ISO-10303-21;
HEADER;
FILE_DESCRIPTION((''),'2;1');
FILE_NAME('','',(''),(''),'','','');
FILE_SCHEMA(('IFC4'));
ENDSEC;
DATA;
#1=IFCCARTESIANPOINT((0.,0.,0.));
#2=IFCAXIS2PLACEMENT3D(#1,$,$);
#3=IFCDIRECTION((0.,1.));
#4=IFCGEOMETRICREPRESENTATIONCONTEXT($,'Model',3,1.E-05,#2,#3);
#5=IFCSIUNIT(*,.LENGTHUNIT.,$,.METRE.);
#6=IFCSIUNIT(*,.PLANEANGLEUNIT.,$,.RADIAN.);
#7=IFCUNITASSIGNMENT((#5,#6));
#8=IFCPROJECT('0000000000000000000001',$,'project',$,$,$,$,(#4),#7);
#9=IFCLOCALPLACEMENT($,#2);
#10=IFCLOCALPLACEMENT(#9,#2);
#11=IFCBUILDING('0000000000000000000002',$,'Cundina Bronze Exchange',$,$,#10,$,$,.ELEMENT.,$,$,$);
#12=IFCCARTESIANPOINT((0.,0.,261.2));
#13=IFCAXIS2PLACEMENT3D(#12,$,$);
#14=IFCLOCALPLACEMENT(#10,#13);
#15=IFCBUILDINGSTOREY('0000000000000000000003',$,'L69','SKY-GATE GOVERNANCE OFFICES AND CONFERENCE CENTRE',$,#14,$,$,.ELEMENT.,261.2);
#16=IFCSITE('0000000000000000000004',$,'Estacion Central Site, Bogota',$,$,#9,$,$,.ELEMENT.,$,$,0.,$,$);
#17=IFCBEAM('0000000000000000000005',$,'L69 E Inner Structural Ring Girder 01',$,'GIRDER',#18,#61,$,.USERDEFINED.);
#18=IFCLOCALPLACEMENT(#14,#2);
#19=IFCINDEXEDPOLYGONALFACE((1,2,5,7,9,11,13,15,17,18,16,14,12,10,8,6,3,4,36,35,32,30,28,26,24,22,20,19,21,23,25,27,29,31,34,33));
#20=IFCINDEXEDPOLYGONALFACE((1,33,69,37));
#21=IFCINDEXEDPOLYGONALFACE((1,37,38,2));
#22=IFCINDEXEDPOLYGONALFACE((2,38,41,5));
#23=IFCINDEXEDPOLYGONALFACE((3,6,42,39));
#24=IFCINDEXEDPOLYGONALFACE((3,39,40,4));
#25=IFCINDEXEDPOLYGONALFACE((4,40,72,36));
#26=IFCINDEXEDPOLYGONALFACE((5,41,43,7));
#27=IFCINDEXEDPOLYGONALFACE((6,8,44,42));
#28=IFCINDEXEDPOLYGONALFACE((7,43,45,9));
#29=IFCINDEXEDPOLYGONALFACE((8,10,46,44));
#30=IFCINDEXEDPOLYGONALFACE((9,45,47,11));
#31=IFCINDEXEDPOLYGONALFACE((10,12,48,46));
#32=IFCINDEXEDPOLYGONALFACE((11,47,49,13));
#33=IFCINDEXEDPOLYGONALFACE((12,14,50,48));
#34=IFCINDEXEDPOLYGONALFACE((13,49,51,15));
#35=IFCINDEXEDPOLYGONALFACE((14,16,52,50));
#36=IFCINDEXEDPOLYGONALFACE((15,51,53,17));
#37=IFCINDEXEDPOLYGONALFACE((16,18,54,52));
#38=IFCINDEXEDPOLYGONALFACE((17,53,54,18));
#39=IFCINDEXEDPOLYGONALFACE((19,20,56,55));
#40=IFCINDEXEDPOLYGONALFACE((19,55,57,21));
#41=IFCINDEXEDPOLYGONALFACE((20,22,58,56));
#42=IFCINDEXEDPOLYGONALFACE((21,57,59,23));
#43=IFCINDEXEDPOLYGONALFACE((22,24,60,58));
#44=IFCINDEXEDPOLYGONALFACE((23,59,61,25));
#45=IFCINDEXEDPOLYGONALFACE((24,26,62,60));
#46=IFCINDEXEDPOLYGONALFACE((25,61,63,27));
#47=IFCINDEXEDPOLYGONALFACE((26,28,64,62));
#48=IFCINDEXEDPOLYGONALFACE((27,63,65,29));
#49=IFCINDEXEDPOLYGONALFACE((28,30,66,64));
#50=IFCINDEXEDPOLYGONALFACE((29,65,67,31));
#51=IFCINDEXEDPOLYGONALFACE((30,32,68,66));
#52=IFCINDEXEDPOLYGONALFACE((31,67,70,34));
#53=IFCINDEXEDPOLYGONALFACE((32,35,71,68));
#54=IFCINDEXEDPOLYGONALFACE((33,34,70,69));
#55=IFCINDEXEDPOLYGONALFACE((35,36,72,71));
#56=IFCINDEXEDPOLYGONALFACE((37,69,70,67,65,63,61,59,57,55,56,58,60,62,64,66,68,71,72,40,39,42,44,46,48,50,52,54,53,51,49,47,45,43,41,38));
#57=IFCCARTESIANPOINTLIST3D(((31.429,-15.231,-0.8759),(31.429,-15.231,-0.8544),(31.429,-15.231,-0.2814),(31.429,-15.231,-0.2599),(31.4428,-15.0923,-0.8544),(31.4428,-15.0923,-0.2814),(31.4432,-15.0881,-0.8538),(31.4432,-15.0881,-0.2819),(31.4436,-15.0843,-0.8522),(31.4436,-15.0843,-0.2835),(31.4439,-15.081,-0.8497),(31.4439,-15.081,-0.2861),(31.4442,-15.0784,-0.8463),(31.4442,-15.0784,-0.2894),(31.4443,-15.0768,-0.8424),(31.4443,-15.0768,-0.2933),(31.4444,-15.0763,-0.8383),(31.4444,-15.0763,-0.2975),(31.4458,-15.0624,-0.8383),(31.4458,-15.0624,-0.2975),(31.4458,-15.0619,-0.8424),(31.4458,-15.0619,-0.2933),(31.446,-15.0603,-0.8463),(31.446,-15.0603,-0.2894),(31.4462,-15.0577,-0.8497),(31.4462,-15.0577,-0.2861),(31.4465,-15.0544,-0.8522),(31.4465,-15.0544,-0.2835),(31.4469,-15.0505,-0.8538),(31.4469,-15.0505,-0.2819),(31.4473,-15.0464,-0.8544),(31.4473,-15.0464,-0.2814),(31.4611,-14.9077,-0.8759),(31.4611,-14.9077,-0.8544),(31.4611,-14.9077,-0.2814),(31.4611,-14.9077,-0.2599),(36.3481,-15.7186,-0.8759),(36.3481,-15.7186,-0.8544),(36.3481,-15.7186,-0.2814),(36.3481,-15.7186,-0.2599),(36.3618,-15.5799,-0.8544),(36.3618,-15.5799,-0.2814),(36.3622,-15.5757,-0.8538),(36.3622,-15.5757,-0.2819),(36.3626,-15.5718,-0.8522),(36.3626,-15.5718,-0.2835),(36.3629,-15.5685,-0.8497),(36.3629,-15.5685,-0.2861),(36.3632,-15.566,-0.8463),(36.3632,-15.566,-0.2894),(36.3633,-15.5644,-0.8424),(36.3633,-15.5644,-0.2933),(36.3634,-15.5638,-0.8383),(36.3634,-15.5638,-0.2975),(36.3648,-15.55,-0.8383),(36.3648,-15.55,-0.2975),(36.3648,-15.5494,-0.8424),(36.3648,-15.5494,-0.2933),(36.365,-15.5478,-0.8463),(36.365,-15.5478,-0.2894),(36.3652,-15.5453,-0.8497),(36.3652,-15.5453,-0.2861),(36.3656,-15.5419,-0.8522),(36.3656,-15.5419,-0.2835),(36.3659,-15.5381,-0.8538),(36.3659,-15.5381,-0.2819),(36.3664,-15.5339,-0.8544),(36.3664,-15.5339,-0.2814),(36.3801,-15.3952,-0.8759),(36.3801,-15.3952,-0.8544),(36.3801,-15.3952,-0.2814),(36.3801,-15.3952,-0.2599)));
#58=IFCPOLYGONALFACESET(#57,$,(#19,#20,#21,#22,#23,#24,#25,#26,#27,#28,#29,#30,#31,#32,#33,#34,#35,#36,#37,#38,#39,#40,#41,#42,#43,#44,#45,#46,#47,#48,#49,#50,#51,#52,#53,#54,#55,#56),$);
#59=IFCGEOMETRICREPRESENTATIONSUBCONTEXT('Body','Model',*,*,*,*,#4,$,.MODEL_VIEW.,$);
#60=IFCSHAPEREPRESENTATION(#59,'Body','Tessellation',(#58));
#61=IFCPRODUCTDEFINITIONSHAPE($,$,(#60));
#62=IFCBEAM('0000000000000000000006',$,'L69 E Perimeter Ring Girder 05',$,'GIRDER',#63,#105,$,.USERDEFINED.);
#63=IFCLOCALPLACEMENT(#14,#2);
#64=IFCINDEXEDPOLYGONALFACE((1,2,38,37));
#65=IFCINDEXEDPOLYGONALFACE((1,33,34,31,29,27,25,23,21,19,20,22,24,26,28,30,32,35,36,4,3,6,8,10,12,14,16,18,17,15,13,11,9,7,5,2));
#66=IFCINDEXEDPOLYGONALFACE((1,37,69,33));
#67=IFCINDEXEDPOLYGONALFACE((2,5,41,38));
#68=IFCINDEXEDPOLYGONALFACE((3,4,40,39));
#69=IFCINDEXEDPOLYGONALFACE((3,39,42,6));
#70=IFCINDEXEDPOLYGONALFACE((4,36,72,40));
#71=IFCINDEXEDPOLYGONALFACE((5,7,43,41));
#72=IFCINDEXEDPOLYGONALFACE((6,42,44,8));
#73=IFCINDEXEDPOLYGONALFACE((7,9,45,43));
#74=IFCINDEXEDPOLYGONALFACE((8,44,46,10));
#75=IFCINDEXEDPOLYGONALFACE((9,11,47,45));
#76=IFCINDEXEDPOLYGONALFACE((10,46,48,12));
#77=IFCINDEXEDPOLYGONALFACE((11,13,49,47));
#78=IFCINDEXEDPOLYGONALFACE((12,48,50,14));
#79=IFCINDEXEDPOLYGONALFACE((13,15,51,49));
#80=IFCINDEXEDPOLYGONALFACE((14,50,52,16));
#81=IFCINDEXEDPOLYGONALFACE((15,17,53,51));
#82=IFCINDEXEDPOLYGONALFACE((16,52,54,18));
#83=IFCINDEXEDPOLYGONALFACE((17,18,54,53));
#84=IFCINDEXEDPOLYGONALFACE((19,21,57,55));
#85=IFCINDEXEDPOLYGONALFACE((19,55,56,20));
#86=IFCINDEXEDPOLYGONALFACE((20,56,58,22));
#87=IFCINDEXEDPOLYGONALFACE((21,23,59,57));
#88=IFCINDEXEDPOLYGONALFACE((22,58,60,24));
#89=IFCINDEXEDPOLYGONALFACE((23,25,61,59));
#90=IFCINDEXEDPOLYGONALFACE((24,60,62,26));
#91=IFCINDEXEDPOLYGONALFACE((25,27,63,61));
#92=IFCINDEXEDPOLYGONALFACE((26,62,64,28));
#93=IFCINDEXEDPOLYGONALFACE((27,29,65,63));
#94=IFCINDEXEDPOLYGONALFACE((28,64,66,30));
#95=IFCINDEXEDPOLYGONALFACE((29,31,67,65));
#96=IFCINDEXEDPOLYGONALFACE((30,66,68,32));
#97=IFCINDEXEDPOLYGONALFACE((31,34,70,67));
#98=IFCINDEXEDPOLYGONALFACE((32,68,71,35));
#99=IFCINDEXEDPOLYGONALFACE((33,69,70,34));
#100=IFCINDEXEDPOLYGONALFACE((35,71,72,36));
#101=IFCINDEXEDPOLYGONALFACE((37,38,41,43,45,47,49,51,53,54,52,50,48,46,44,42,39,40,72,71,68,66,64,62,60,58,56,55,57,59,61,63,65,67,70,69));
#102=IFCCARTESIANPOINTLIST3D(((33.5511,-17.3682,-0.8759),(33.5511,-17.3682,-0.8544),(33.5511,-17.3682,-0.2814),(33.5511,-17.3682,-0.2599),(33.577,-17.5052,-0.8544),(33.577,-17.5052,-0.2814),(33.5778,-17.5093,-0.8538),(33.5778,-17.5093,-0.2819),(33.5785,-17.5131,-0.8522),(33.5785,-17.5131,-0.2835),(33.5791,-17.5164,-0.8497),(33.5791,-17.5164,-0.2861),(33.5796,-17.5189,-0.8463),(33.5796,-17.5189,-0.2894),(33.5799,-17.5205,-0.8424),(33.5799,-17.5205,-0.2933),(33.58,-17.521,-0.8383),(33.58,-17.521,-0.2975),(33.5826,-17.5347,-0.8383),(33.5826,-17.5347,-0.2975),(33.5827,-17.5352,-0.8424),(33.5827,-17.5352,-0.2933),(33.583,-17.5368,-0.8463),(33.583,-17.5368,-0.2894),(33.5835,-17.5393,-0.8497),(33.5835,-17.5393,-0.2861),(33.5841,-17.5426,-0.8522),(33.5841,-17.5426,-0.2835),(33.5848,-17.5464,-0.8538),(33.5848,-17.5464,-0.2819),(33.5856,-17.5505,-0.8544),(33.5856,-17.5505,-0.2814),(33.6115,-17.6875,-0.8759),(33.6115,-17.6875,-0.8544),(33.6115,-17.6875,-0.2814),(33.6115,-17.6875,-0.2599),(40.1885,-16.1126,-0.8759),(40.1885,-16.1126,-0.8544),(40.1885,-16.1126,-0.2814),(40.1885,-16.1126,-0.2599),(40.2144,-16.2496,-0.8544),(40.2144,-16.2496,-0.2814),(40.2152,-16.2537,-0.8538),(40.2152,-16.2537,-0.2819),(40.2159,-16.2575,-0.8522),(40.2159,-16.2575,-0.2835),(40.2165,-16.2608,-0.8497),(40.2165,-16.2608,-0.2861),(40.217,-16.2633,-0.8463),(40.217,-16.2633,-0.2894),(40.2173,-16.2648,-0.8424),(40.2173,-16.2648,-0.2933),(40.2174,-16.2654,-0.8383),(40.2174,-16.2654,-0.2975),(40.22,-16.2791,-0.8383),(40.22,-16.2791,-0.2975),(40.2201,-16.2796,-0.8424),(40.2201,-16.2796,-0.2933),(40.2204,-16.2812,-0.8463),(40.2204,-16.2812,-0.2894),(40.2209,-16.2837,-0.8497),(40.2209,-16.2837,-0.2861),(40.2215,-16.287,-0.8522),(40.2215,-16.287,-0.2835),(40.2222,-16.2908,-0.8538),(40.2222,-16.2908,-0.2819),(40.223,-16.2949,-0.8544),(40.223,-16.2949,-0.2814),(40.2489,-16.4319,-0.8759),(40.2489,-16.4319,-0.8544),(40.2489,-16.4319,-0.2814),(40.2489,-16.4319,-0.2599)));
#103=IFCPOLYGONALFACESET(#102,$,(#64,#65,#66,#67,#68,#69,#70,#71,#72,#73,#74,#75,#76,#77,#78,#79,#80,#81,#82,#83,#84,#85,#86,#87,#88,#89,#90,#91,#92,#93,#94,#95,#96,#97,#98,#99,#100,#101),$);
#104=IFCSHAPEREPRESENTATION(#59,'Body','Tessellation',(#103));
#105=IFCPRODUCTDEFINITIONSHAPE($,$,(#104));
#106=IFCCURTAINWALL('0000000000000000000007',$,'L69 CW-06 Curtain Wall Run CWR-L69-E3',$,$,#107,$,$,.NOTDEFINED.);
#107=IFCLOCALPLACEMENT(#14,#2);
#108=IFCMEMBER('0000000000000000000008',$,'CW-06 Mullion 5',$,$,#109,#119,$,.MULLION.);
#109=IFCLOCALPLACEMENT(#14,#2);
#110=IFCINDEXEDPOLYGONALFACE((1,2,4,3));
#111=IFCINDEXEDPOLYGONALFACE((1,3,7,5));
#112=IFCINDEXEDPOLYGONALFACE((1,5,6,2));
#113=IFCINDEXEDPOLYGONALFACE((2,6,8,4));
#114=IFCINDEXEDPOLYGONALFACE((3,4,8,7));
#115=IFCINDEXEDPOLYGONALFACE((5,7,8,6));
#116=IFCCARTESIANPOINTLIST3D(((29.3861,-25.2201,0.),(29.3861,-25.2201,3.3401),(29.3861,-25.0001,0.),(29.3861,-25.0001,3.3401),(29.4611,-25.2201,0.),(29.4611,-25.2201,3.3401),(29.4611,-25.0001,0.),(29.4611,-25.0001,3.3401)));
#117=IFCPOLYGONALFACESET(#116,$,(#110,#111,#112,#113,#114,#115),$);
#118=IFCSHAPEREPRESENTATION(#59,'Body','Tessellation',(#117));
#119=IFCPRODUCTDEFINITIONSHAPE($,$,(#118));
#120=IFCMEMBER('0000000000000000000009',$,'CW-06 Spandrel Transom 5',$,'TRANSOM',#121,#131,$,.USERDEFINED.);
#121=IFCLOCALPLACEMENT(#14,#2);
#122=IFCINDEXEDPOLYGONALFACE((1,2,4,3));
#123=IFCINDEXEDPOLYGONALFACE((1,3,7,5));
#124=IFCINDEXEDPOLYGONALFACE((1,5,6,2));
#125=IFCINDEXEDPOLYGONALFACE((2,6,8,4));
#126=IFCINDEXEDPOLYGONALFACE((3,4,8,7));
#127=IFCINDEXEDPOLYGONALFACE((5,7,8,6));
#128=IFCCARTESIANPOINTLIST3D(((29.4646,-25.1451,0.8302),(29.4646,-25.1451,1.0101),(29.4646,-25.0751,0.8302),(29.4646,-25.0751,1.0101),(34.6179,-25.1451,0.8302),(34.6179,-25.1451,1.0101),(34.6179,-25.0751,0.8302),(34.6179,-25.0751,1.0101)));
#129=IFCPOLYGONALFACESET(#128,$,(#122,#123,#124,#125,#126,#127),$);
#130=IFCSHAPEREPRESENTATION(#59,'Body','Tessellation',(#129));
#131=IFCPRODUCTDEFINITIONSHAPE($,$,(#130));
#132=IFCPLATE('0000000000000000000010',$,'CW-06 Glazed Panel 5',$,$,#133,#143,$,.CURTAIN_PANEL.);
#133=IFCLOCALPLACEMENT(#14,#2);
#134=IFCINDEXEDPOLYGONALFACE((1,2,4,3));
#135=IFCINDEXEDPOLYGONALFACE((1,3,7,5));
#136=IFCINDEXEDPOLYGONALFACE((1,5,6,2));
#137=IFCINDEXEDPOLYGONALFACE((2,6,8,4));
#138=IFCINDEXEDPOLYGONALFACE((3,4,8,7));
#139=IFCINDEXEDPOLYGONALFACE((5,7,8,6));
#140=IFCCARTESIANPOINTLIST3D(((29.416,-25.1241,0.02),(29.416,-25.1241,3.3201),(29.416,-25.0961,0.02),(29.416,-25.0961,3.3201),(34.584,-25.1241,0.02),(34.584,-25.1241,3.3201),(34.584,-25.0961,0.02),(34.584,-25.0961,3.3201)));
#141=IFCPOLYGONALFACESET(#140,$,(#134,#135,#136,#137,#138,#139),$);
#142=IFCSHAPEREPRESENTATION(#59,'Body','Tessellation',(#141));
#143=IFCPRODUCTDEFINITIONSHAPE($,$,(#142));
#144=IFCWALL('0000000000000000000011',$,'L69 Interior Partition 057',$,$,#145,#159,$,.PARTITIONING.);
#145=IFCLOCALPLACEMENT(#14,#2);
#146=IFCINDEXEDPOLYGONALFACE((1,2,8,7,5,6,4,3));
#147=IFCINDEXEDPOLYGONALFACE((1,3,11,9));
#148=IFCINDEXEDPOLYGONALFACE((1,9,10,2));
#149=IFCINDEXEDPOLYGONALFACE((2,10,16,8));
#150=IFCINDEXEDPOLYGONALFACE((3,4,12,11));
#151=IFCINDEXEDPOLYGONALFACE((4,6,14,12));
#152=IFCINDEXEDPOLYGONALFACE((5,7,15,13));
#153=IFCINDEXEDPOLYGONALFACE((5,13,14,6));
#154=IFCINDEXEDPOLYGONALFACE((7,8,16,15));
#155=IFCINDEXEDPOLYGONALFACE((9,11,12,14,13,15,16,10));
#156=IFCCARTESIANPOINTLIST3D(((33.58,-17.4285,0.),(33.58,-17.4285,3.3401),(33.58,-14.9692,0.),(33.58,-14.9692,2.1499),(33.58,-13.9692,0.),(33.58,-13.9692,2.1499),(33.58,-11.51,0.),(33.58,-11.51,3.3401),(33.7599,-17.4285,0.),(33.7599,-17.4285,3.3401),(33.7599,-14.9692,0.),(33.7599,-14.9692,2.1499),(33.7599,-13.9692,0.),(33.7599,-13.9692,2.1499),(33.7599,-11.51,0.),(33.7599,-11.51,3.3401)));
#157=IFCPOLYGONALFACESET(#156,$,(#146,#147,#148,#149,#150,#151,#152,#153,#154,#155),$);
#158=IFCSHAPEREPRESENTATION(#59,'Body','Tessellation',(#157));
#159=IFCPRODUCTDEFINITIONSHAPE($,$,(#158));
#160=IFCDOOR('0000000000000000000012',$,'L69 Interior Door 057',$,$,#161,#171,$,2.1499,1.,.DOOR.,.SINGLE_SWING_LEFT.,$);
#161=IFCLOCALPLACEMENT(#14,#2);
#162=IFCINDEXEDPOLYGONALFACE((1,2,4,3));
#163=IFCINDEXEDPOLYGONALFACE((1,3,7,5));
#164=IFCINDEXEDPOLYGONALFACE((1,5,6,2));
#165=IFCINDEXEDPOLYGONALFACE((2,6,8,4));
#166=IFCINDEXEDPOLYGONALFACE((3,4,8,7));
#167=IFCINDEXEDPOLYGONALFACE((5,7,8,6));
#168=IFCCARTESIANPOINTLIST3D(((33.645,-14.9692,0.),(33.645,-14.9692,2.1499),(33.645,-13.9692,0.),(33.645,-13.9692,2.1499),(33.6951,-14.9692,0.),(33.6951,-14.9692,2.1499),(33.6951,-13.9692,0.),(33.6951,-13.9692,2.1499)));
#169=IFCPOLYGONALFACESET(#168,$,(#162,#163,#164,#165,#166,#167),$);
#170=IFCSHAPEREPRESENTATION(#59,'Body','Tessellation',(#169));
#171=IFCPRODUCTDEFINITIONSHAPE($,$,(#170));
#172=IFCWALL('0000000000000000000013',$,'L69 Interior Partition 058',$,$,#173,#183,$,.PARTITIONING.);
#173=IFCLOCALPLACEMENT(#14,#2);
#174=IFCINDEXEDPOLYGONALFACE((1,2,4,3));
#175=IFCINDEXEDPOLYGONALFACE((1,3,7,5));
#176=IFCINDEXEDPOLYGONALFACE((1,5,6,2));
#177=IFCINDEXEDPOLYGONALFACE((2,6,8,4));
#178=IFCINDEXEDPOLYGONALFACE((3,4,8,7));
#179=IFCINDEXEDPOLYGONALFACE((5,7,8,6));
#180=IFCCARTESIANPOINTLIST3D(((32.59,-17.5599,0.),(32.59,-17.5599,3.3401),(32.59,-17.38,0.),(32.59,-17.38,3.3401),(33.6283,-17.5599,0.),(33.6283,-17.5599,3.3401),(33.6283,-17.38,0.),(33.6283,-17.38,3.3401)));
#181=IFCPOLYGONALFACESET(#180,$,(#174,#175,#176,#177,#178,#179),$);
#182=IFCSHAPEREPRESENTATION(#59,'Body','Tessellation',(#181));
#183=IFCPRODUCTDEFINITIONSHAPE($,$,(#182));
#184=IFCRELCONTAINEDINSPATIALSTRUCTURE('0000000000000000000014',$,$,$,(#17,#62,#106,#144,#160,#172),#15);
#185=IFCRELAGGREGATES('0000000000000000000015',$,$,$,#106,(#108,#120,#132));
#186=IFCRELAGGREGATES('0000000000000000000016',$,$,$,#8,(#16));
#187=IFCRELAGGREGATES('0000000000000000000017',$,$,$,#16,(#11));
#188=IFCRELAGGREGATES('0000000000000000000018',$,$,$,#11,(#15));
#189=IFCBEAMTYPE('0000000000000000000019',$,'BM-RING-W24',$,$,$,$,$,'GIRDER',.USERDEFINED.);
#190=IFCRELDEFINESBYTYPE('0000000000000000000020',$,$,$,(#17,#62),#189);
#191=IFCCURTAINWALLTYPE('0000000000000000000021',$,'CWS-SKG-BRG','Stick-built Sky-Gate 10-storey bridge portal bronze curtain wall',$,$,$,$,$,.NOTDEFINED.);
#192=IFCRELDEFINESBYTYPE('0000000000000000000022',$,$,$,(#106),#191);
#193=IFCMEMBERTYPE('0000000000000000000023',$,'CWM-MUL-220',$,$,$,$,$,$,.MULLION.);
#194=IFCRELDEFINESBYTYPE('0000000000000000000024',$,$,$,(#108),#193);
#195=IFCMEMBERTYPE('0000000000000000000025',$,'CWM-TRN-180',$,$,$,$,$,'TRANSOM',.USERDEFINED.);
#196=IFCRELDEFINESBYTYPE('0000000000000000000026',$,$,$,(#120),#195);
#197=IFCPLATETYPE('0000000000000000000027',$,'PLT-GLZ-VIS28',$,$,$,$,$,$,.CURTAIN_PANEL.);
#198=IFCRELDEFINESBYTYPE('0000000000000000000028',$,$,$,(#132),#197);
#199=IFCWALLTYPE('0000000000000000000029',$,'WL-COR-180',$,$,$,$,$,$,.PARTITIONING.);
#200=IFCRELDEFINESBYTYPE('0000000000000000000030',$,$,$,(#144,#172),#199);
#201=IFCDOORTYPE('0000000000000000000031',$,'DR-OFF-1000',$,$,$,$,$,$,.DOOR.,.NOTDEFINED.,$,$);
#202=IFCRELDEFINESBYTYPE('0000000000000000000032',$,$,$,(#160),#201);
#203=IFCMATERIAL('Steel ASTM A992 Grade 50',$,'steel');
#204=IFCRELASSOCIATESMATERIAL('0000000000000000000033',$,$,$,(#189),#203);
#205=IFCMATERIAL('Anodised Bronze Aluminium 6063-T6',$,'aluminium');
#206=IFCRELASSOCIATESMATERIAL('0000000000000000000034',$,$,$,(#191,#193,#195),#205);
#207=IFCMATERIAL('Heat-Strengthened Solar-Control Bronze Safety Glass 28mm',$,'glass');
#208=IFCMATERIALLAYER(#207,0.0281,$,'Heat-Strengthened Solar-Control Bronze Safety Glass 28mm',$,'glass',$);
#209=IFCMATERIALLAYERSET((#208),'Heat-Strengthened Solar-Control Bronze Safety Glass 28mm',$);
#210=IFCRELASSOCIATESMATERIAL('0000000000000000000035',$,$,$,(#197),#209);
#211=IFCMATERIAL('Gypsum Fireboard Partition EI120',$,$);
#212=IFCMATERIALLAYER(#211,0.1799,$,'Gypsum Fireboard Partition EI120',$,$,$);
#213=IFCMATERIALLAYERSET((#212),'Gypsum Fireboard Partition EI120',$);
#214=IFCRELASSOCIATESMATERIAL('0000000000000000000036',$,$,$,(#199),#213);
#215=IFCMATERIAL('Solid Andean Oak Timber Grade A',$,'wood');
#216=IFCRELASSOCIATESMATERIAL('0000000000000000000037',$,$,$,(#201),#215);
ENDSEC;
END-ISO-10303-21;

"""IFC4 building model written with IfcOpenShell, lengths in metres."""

from ifc_helpers import new_model, si_unit, direction, frame, frame_2d, origin, origin_2d, place, context, subcontext, project, spatial, rectangle, i_section, extrude, material, layer, layer_set, material_profile, profile_set, type_object, element, fill, aggregate, save


model = new_model("IFC4")

# Units and contexts
model_context = context("Model", 3, precision=1e-05, world=origin(), true_north=direction((0.0, 1.0)))
body_context = subcontext(model_context, "Body", "Model", "MODEL_VIEW")
ifc_project = project(units=[si_unit("LENGTHUNIT", "METRE"), si_unit("PLANEANGLEUNIT", "RADIAN")], contexts=[model_context])

# Site, building, storey
site_placement = place(None, origin())
site = spatial("IfcSite", under=ifc_project, at=site_placement, Name="Estacion Central Site, Bogota", CompositionType="ELEMENT", RefElevation=0.0)
building_placement = place(site_placement, origin())
building = spatial("IfcBuilding", under=site, at=building_placement, Name="Cundina Bronze Exchange", CompositionType="ELEMENT")
storey_placement = place(building_placement, frame((0.0, 0.0, 261.2)))
storey = spatial("IfcBuildingStorey", under=building, at=storey_placement, Name="L69", Description="SKY-GATE GOVERNANCE OFFICES AND CONFERENCE CENTRE", CompositionType="ELEMENT", Elevation=261.2)

# Shared definitions
ifc_material_1 = material(Name="Steel ASTM A992 Grade 50", Category="steel")

# Beams
ifc_material_profile_1 = material_profile(ifc_material_1, i_section(OverallWidth=0.325, OverallDepth=0.616, WebThickness=0.0139, FlangeThickness=0.0215, FilletRadius=0.0161, at=origin_2d()), Name="W24X117", Category="steel")
ifc_profile_set_1 = profile_set([ifc_material_profile_1], Name="Steel ASTM A992 Grade 50")
beam_type_1 = type_object("IfcBeamType", Name="BM-RING-W24", ElementType="GIRDER", PredefinedType="USERDEFINED", material=ifc_profile_set_1)
beam_1_placement = place(storey_placement, frame((31.4451, -15.0693, -0.5679), z_axis=(0.995124, -0.098633, 0.0), x_axis=(0.098633, 0.995124, 0.0)))
element("IfcBeam", 1, at=beam_1_placement, inside=storey, type_object=beam_type_1, Name="L69 E Inner Structural Ring Girder 01", ObjectType="GIRDER", PredefinedType="USERDEFINED", context=body_context, shape_type="SweptSolid", body=[
    extrude(i_section(OverallWidth=0.325, OverallDepth=0.616, WebThickness=0.0139, FlangeThickness=0.0215, FilletRadius=0.0161, at=origin_2d()), origin(), (0.0, 0.0, 1.0), 4.9431),
])
beam_2_placement = place(storey_placement, frame((33.5813, -17.5278, -0.5679), z_axis=(0.982573, 0.185875, 0.0), x_axis=(-0.185875, 0.982573, 0.0)))
element("IfcBeam", 2, at=beam_2_placement, inside=storey, type_object=beam_type_1, Name="L69 E Perimeter Ring Girder 05", ObjectType="GIRDER", PredefinedType="USERDEFINED", context=body_context, shape_type="SweptSolid", body=[
    extrude(i_section(OverallWidth=0.325, OverallDepth=0.616, WebThickness=0.0139, FlangeThickness=0.0215, FilletRadius=0.0161, at=origin_2d()), origin(), (0.0, 0.0, 1.0), 6.7551),
])

# Curtain wall, members, plate
ifc_material_2 = material(Name="Anodised Bronze Aluminium 6063-T6", Category="aluminium")
curtain_wall_type = type_object("IfcCurtainWallType", Name="CWS-SKG-BRG", Description="Stick-built Sky-Gate 10-storey bridge portal bronze curtain wall", PredefinedType="NOTDEFINED", material=ifc_material_2)
curtain_wall_placement = place(storey_placement, origin())
curtain_wall = element("IfcCurtainWall", 3, at=curtain_wall_placement, inside=storey, type_object=curtain_wall_type, Name="L69 CW-06 Curtain Wall Run CWR-L69-E3", PredefinedType="NOTDEFINED")
ifc_material_profile_2 = material_profile(ifc_material_2, rectangle(XDim=0.075, YDim=0.22, at=origin_2d()), Name="AL75X220", Category="aluminium")
ifc_profile_set_2 = profile_set([ifc_material_profile_2], Name="Anodised Bronze Aluminium 6063-T6")
member_type_1 = type_object("IfcMemberType", Name="CWM-MUL-220", PredefinedType="MULLION", material=ifc_profile_set_2)
member_1_placement = place(storey_placement, frame((29.4236, -25.1101, 0.0), z_axis=(0.0, 0.0, 1.0), x_axis=(1.0, 0.0, 0.0)))
member_1 = element("IfcMember", 4, at=member_1_placement, type_object=member_type_1, Name="CW-06 Mullion 5", PredefinedType="MULLION", context=body_context, shape_type="SweptSolid", body=[
    extrude(rectangle(XDim=0.075, YDim=0.22, at=origin_2d()), origin(), (0.0, 0.0, 1.0), 3.3401),
])
ifc_material_profile_3 = material_profile(ifc_material_2, rectangle(XDim=0.0701, YDim=0.1799, at=origin_2d()), Name="AL70X180", Category="aluminium")
ifc_profile_set_3 = profile_set([ifc_material_profile_3], Name="Anodised Bronze Aluminium 6063-T6")
member_type_2 = type_object("IfcMemberType", Name="CWM-TRN-180", ElementType="TRANSOM", PredefinedType="USERDEFINED", material=ifc_profile_set_3)
member_2_placement = place(storey_placement, frame((29.4646, -25.1101, 0.9202), z_axis=(1.0, 0.0, 0.0), x_axis=(0.0, 1.0, 0.0)))
member_2 = element("IfcMember", 5, at=member_2_placement, type_object=member_type_2, Name="CW-06 Spandrel Transom 5", ObjectType="TRANSOM", PredefinedType="USERDEFINED", context=body_context, shape_type="SweptSolid", body=[
    extrude(rectangle(XDim=0.0701, YDim=0.1799, at=origin_2d()), origin(), (0.0, 0.0, 1.0), 5.1533),
])
ifc_material_3 = material(Name="Heat-Strengthened Solar-Control Bronze Safety Glass 28mm", Category="glass")
ifc_layer_1 = layer(ifc_material_3, 0.0281, Name="Heat-Strengthened Solar-Control Bronze Safety Glass 28mm", Category="glass")
ifc_layer_set_1 = layer_set([ifc_layer_1], Name="Heat-Strengthened Solar-Control Bronze Safety Glass 28mm")
plate_type = type_object("IfcPlateType", Name="PLT-GLZ-VIS28", PredefinedType="CURTAIN_PANEL", material=ifc_layer_set_1)
plate_placement = place(storey_placement, frame((32.0, -25.1101, 0.02), z_axis=(0.0, 0.0, 1.0), x_axis=(1.0, 0.0, 0.0)))
plate = element("IfcPlate", 6, at=plate_placement, type_object=plate_type, Name="CW-06 Glazed Panel 5", PredefinedType="CURTAIN_PANEL", context=body_context, shape_type="SweptSolid", body=[
    extrude(rectangle(XDim=5.168, YDim=0.0281, at=origin_2d()), origin(), (0.0, 0.0, 1.0), 3.3),
])
aggregate(curtain_wall, [member_1, member_2, plate])

# Wall, opening, door
ifc_material_4 = material(Name="Gypsum Fireboard Partition EI120")
ifc_layer_2 = layer(ifc_material_4, 0.1799, Name="Gypsum Fireboard Partition EI120")
ifc_layer_set_2 = layer_set([ifc_layer_2], Name="Gypsum Fireboard Partition EI120")
wall_type_1 = type_object("IfcWallType", Name="WL-COR-180", PredefinedType="PARTITIONING", material=ifc_layer_set_2)
wall_1_placement = place(storey_placement, frame((33.6699, -17.4285, 0.0), z_axis=(0.0, 0.0, 1.0), x_axis=(0.0, 1.0, 0.0)))
wall_1 = element("IfcWall", 7, at=wall_1_placement, inside=storey, type_object=wall_type_1, Name="L69 Interior Partition 057", PredefinedType="PARTITIONING", context=body_context, shape_type="SweptSolid", body=[
    extrude(rectangle(XDim=5.9185, YDim=0.1799, at=frame_2d((2.9592, 0.0))), origin(), (0.0, 0.0, 1.0), 3.3401),
])
opening_1_placement = place(wall_1_placement, frame((2.4592, 0.0, 0.0)))
opening_1 = element("IfcOpeningElement", 8, at=opening_1_placement, cuts=wall_1, PredefinedType="OPENING", context=body_context, shape_type="SweptSolid", body=[
    extrude(rectangle(XDim=1.0, YDim=2.1499, at=frame_2d((0.5, 1.075))), frame((0.0, 0.0999, 0.0), z_axis=(0.0, -1.0, 0.0), x_axis=(1.0, 0.0, 0.0)), (0.0, 0.0, 1.0), 0.2),
])
ifc_material_5 = material(Name="Solid Andean Oak Timber Grade A", Category="wood")
door_type_1 = type_object("IfcDoorType", Name="DR-OFF-1000", OperationType="NOTDEFINED", PredefinedType="DOOR", material=ifc_material_5)
door_1_placement = place(opening_1_placement, origin())
door_1 = element("IfcDoor", 9, at=door_1_placement, inside=storey, type_object=door_type_1, Name="L69 Interior Door 057", OperationType="SINGLE_SWING_LEFT", OverallHeight=2.1499, OverallWidth=1.0, PredefinedType="DOOR", context=body_context, shape_type="SweptSolid", body=[
    extrude(rectangle(XDim=1.0, YDim=2.1499, at=frame_2d((0.5, 1.075))), frame((0.0, 0.0249, 0.0), z_axis=(0.0, -1.0, 0.0), x_axis=(1.0, 0.0, 0.0)), (0.0, 0.0, 1.0), 0.05),
])
fill(opening_1, door_1)

# Wall
wall_2_placement = place(storey_placement, frame((32.5901, -17.47, 0.0), z_axis=(0.0, 0.0, 1.0), x_axis=(1.0, 0.0, 0.0)))
element("IfcWall", 10, at=wall_2_placement, inside=storey, type_object=wall_type_1, Name="L69 Interior Partition 058", PredefinedType="PARTITIONING", context=body_context, shape_type="SweptSolid", body=[
    extrude(rectangle(XDim=1.0383, YDim=0.1799, at=frame_2d((0.519, 0.0))), origin(), (0.0, 0.0, 1.0), 3.3401),
])

save(model, "model.ifc")
